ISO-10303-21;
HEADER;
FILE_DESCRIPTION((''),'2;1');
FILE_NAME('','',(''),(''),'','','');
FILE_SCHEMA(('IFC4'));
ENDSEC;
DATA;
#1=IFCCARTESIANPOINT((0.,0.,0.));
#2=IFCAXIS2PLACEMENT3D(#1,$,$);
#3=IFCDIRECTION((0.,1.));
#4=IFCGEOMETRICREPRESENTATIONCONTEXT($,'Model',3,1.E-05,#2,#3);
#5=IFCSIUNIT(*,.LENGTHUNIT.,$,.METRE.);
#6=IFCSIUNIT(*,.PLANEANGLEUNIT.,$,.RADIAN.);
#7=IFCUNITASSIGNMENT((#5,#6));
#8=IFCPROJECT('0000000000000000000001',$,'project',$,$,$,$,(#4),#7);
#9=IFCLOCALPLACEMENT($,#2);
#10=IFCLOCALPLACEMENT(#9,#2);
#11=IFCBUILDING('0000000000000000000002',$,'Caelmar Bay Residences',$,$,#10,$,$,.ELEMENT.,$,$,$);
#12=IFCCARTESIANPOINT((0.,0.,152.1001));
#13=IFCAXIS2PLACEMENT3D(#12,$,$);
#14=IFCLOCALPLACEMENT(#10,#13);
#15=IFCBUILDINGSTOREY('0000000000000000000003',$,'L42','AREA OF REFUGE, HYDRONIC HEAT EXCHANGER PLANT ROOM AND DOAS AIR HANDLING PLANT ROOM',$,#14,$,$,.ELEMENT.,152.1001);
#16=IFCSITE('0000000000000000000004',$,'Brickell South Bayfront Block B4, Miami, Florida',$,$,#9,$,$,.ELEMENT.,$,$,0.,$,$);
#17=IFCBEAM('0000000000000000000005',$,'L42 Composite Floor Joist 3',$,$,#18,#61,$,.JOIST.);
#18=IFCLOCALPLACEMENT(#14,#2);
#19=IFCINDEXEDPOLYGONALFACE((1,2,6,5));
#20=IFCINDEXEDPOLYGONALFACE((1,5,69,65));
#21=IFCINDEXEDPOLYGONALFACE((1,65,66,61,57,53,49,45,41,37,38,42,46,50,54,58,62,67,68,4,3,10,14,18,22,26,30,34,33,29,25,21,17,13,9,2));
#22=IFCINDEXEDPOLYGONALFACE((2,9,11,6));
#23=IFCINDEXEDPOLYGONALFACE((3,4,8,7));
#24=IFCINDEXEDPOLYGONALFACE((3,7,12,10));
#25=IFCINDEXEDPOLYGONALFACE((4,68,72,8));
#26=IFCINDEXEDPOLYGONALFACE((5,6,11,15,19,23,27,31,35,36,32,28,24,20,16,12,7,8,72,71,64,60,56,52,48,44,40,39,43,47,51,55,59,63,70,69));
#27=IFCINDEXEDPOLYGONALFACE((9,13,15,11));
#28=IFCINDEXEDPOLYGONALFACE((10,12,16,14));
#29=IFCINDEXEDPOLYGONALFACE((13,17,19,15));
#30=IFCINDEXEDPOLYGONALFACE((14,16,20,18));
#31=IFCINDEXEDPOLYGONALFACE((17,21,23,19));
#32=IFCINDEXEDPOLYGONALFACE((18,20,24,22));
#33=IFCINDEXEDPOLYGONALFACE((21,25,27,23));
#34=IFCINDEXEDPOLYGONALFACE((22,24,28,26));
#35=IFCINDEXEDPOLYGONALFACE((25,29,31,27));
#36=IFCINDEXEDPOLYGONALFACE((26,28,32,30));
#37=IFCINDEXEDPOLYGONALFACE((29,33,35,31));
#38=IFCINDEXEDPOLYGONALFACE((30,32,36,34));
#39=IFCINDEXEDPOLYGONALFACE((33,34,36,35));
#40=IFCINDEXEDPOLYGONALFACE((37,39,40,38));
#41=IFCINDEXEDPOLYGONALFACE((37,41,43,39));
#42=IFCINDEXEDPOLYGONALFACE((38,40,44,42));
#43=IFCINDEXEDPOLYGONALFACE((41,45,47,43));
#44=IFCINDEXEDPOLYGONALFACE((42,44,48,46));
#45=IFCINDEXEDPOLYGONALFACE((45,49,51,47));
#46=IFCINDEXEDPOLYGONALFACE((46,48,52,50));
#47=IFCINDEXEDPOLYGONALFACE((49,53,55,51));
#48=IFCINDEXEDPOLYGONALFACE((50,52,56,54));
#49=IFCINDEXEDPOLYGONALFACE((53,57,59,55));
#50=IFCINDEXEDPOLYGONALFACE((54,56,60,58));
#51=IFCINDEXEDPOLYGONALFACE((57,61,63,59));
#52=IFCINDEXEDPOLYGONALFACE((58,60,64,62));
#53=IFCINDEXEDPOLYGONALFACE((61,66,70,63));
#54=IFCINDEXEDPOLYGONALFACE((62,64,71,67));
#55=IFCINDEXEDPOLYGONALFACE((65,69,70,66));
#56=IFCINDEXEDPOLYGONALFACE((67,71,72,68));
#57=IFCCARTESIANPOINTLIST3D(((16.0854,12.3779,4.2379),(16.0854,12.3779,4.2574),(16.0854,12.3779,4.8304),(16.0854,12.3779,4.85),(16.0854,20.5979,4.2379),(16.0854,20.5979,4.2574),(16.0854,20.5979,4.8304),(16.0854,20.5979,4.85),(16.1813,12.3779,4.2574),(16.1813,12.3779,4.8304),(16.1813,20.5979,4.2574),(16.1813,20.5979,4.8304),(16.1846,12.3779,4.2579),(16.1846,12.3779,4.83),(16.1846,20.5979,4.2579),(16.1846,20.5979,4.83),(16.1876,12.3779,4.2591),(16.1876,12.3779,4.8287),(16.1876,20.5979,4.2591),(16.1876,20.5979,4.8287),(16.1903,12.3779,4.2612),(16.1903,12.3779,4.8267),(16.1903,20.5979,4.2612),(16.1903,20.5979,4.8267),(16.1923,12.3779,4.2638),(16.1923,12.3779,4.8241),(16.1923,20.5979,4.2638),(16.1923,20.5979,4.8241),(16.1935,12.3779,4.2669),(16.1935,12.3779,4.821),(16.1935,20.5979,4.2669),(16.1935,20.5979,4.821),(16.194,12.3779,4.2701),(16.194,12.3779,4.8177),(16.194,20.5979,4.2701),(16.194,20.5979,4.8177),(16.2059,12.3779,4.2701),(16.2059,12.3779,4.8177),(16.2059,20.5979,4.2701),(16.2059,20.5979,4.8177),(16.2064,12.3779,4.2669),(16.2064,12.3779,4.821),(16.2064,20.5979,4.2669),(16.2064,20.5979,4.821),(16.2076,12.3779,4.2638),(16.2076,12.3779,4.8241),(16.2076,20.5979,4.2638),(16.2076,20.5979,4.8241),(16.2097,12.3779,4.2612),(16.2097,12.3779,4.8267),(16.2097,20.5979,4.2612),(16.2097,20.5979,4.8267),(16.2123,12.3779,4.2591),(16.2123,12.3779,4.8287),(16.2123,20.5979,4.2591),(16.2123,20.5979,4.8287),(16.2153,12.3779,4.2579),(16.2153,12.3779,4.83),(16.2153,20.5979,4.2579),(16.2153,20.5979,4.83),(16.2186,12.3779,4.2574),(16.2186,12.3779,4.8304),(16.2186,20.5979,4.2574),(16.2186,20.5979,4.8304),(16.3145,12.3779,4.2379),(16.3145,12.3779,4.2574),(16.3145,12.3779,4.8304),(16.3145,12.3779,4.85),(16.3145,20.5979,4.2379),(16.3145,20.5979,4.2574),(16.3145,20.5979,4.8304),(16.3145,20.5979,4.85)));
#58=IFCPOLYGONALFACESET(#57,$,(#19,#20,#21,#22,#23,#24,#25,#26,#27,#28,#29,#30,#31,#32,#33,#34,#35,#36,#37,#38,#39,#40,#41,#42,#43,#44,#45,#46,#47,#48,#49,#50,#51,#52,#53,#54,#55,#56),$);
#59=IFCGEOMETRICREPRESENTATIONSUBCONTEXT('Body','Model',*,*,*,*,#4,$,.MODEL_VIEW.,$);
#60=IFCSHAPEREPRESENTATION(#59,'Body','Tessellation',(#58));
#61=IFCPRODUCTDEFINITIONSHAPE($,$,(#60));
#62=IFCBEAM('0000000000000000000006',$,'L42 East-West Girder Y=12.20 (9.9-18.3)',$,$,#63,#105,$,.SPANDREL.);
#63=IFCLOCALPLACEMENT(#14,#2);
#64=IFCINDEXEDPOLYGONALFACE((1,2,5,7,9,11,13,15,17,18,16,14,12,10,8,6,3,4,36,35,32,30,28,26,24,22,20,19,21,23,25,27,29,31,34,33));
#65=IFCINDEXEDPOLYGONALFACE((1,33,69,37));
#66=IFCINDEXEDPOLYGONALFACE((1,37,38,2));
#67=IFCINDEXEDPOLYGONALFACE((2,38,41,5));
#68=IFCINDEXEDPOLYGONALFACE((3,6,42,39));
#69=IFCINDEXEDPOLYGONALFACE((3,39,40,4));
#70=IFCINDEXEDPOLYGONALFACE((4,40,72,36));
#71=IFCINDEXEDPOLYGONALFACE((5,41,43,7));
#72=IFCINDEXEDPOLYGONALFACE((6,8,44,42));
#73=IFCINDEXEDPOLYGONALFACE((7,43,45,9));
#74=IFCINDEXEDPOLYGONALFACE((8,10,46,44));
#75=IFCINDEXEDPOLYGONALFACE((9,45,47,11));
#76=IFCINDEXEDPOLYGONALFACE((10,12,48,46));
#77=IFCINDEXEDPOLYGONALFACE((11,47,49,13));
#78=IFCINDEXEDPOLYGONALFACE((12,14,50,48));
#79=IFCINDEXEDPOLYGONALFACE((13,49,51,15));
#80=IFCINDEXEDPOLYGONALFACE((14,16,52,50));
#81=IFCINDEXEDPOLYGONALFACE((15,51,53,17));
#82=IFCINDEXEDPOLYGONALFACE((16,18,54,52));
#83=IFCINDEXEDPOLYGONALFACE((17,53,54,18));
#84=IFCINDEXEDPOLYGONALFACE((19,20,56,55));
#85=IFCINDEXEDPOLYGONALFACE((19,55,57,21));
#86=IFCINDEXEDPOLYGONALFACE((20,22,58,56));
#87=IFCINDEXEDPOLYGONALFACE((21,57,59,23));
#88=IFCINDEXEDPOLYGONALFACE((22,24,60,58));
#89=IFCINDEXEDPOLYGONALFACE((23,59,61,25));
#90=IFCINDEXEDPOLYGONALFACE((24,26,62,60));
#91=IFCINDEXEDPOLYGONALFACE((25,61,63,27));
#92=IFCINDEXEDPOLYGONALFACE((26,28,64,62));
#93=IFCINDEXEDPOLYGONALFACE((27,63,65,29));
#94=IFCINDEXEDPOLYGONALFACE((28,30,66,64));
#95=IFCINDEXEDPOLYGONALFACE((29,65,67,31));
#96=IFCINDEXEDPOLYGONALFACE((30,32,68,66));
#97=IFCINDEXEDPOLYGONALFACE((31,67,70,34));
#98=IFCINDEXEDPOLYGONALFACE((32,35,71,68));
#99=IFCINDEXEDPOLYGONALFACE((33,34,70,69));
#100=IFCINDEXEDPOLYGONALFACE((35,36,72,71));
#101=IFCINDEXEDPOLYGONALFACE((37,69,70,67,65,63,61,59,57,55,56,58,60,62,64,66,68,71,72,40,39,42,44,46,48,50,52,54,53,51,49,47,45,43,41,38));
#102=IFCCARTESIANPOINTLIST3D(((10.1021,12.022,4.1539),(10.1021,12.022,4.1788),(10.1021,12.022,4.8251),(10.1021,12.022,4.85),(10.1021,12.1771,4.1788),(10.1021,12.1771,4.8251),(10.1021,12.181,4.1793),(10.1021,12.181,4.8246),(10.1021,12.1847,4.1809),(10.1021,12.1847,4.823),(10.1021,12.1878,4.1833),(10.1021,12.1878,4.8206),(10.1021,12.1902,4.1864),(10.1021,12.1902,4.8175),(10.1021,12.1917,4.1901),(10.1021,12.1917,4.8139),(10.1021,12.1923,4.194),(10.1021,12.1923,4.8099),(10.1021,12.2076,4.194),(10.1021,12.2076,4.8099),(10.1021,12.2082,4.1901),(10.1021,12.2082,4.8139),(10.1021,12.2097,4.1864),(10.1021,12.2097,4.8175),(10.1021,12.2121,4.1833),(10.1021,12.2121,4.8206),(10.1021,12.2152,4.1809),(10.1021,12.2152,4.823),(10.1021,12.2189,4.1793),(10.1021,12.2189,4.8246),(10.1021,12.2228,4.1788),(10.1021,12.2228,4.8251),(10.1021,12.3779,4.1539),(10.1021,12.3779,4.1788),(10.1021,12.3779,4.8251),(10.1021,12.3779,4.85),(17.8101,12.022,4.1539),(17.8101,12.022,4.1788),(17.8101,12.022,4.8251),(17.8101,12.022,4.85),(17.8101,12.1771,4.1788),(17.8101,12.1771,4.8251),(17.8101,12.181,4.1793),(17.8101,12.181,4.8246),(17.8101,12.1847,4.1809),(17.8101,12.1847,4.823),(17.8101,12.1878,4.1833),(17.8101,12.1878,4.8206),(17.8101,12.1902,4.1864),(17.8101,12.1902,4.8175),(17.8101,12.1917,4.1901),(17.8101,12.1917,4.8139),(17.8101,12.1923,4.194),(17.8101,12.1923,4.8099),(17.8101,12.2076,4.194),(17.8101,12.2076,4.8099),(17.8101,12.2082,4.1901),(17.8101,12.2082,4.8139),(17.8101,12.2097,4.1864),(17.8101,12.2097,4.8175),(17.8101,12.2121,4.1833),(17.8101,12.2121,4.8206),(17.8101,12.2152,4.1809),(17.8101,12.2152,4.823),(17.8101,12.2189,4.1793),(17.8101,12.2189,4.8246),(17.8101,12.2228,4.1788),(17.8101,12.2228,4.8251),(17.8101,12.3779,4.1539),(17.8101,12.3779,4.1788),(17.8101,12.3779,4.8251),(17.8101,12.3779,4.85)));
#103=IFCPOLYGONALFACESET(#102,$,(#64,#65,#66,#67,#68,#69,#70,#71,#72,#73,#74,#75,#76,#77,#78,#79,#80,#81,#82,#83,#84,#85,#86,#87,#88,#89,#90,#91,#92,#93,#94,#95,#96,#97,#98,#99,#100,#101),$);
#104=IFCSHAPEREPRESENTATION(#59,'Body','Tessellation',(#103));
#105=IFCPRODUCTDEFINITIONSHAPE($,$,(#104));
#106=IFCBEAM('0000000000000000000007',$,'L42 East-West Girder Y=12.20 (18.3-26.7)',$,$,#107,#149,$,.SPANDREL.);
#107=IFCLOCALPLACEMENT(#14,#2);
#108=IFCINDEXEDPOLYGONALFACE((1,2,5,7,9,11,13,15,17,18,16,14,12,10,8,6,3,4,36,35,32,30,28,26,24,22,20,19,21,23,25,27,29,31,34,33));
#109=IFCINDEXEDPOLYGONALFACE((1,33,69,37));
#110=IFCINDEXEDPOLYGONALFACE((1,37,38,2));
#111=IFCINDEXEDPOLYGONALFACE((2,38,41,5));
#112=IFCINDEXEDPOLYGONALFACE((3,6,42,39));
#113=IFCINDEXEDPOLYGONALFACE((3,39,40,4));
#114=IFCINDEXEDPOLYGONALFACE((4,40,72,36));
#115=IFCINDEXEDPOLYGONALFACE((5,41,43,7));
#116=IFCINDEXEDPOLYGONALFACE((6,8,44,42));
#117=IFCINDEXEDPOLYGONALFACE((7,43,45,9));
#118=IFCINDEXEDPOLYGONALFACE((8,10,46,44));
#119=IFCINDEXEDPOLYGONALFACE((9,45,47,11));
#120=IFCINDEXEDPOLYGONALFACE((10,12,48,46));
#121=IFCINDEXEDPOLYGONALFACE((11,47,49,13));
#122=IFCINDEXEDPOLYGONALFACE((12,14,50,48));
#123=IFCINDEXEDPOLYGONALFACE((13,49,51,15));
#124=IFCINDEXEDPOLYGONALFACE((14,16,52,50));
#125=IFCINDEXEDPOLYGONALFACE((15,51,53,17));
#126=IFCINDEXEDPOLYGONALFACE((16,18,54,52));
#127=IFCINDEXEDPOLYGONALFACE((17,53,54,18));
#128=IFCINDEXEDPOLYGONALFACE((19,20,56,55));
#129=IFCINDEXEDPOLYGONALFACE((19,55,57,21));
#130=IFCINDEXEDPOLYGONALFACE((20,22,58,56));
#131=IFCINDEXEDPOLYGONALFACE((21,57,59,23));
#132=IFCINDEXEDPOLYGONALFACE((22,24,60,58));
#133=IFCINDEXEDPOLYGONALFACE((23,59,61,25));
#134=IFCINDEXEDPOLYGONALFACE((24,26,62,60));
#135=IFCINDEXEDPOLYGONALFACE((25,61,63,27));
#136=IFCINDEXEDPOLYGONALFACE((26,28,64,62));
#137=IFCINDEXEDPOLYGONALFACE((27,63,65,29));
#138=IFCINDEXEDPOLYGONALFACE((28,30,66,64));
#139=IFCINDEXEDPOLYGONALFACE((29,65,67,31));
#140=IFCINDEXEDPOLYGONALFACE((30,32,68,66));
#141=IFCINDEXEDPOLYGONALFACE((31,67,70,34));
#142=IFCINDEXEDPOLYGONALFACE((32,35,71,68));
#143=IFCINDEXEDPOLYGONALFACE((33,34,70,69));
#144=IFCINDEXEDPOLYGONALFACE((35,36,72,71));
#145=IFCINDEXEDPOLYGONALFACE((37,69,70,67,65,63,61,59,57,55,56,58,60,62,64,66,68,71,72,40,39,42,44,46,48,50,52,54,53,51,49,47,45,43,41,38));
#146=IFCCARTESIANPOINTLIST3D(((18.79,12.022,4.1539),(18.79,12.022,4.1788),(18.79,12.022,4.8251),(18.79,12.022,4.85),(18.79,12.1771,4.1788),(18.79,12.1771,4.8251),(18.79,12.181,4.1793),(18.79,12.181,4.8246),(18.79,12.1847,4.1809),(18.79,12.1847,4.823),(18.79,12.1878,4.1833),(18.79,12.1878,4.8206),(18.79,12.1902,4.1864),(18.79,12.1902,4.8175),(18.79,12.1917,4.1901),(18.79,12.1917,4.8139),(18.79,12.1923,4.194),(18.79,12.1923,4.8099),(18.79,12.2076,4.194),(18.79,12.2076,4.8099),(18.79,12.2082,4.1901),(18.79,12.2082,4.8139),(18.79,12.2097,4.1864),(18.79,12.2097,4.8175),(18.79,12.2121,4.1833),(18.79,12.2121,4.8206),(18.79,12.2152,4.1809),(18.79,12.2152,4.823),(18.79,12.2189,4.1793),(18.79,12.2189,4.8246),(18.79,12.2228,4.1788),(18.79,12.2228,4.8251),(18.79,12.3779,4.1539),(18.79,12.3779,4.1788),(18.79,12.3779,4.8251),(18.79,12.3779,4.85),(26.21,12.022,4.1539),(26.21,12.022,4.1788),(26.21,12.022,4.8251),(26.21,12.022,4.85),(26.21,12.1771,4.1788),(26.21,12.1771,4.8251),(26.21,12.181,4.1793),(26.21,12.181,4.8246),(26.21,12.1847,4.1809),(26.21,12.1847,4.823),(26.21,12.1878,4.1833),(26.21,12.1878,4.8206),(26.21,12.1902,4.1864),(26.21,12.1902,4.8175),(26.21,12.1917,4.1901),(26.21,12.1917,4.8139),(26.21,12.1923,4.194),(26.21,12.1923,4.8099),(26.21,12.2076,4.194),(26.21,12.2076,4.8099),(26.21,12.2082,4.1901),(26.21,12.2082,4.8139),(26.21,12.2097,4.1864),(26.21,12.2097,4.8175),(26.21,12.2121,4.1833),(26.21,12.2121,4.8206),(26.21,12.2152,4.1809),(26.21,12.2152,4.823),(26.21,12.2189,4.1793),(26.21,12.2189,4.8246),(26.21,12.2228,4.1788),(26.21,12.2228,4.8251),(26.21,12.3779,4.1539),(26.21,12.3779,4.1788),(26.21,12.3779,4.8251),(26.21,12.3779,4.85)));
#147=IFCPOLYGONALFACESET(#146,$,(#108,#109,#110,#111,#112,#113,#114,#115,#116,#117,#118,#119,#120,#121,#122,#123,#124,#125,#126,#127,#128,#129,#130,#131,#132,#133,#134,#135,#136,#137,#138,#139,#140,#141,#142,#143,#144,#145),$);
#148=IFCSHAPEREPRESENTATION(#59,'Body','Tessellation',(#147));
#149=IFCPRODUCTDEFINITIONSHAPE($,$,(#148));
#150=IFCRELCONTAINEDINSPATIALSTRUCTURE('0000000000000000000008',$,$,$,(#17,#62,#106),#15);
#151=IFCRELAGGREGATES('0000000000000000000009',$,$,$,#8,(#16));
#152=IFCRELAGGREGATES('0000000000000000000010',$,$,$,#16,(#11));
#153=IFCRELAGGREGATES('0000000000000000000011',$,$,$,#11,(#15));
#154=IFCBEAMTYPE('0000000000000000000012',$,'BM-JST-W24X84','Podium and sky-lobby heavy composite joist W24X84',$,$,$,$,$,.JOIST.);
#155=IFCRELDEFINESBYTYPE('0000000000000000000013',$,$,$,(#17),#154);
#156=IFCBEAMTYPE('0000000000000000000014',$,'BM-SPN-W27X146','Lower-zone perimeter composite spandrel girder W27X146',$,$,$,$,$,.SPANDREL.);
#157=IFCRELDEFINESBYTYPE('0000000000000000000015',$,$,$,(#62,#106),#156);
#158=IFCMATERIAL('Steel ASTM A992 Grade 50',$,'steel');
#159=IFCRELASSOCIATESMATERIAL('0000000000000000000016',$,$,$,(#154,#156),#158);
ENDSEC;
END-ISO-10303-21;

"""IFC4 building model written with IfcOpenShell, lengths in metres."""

from ifc_helpers import new_model, si_unit, direction, frame, origin, origin_2d, place, context, subcontext, project, spatial, i_section, extrude, material, material_profile, profile_set, type_object, element, save


model = new_model("IFC4")

# Units and contexts
model_context = context("Model", 3, precision=1e-05, world=origin(), true_north=direction((0.0, 1.0)))
body_context = subcontext(model_context, "Body", "Model", "MODEL_VIEW")
ifc_project = project(units=[si_unit("LENGTHUNIT", "METRE"), si_unit("PLANEANGLEUNIT", "RADIAN")], contexts=[model_context])

# Site, building, storey
site_placement = place(None, origin())
site = spatial("IfcSite", under=ifc_project, at=site_placement, Name="Brickell South Bayfront Block B4, Miami, Florida", CompositionType="ELEMENT", RefElevation=0.0)
building_placement = place(site_placement, origin())
building = spatial("IfcBuilding", under=site, at=building_placement, Name="Caelmar Bay Residences", CompositionType="ELEMENT")
storey_placement = place(building_placement, frame((0.0, 0.0, 152.1001)))
storey = spatial("IfcBuildingStorey", under=building, at=storey_placement, Name="L42", Description="AREA OF REFUGE, HYDRONIC HEAT EXCHANGER PLANT ROOM AND DOAS AIR HANDLING PLANT ROOM", CompositionType="ELEMENT", Elevation=152.1001)

# Shared definitions
ifc_material_1 = material(Name="Steel ASTM A992 Grade 50", Category="steel")

# Beams
ifc_material_profile_1 = material_profile(ifc_material_1, i_section(OverallWidth=0.229, OverallDepth=0.6121, WebThickness=0.012, FlangeThickness=0.0195, FilletRadius=0.0127, at=origin_2d()), Name="W24X84")
ifc_profile_set_1 = profile_set([ifc_material_profile_1], Name="Steel ASTM A992 Grade 50")
beam_type_1 = type_object("IfcBeamType", Name="BM-JST-W24X84", Description="Podium and sky-lobby heavy composite joist W24X84", PredefinedType="JOIST", material=ifc_profile_set_1)
for number, where, z_axis, x_axis, name in (
    (1, (16.2, 12.3779, 4.5439), (0.0, 1.0, 0.0), (-1.0, 0.0, 0.0), "L42 Composite Floor Joist 3"),
):
    element("IfcBeam", number, at=place(storey_placement, frame(where, z_axis=z_axis, x_axis=x_axis)), inside=storey, type_object=beam_type_1, Name=name, PredefinedType="JOIST", context=body_context, shape_type="SweptSolid", body=[
        extrude(i_section(OverallWidth=0.229, OverallDepth=0.6121, WebThickness=0.012, FlangeThickness=0.0195, FilletRadius=0.0127, at=origin_2d()), origin(), (0.0, 0.0, 1.0), 8.22),
    ])
ifc_material_profile_2 = material_profile(ifc_material_1, i_section(OverallWidth=0.356, OverallDepth=0.696, WebThickness=0.0154, FlangeThickness=0.0249, FilletRadius=0.0151, at=origin_2d()), Name="W27X146")
ifc_profile_set_2 = profile_set([ifc_material_profile_2], Name="Steel ASTM A992 Grade 50")
beam_type_2 = type_object("IfcBeamType", Name="BM-SPN-W27X146", Description="Lower-zone perimeter composite spandrel girder W27X146", PredefinedType="SPANDREL", material=ifc_profile_set_2)
beam_1_placement = place(storey_placement, frame((10.1021, 12.2, 4.502), z_axis=(1.0, 0.0, 0.0), x_axis=(0.0, 1.0, 0.0)))
element("IfcBeam", 2, at=beam_1_placement, inside=storey, type_object=beam_type_2, Name="L42 East-West Girder Y=12.20 (9.9-18.3)", PredefinedType="SPANDREL", context=body_context, shape_type="SweptSolid", body=[
    extrude(i_section(OverallWidth=0.356, OverallDepth=0.696, WebThickness=0.0154, FlangeThickness=0.0249, FilletRadius=0.0151, at=origin_2d()), origin(), (0.0, 0.0, 1.0), 7.708),
])
beam_2_placement = place(storey_placement, frame((18.79, 12.2, 4.502), z_axis=(1.0, 0.0, 0.0), x_axis=(0.0, 1.0, 0.0)))
element("IfcBeam", 3, at=beam_2_placement, inside=storey, type_object=beam_type_2, Name="L42 East-West Girder Y=12.20 (18.3-26.7)", PredefinedType="SPANDREL", context=body_context, shape_type="SweptSolid", body=[
    extrude(i_section(OverallWidth=0.356, OverallDepth=0.696, WebThickness=0.0154, FlangeThickness=0.0249, FilletRadius=0.0151, at=origin_2d()), origin(), (0.0, 0.0, 1.0), 7.4199),
])

save(model, "model.ifc")
